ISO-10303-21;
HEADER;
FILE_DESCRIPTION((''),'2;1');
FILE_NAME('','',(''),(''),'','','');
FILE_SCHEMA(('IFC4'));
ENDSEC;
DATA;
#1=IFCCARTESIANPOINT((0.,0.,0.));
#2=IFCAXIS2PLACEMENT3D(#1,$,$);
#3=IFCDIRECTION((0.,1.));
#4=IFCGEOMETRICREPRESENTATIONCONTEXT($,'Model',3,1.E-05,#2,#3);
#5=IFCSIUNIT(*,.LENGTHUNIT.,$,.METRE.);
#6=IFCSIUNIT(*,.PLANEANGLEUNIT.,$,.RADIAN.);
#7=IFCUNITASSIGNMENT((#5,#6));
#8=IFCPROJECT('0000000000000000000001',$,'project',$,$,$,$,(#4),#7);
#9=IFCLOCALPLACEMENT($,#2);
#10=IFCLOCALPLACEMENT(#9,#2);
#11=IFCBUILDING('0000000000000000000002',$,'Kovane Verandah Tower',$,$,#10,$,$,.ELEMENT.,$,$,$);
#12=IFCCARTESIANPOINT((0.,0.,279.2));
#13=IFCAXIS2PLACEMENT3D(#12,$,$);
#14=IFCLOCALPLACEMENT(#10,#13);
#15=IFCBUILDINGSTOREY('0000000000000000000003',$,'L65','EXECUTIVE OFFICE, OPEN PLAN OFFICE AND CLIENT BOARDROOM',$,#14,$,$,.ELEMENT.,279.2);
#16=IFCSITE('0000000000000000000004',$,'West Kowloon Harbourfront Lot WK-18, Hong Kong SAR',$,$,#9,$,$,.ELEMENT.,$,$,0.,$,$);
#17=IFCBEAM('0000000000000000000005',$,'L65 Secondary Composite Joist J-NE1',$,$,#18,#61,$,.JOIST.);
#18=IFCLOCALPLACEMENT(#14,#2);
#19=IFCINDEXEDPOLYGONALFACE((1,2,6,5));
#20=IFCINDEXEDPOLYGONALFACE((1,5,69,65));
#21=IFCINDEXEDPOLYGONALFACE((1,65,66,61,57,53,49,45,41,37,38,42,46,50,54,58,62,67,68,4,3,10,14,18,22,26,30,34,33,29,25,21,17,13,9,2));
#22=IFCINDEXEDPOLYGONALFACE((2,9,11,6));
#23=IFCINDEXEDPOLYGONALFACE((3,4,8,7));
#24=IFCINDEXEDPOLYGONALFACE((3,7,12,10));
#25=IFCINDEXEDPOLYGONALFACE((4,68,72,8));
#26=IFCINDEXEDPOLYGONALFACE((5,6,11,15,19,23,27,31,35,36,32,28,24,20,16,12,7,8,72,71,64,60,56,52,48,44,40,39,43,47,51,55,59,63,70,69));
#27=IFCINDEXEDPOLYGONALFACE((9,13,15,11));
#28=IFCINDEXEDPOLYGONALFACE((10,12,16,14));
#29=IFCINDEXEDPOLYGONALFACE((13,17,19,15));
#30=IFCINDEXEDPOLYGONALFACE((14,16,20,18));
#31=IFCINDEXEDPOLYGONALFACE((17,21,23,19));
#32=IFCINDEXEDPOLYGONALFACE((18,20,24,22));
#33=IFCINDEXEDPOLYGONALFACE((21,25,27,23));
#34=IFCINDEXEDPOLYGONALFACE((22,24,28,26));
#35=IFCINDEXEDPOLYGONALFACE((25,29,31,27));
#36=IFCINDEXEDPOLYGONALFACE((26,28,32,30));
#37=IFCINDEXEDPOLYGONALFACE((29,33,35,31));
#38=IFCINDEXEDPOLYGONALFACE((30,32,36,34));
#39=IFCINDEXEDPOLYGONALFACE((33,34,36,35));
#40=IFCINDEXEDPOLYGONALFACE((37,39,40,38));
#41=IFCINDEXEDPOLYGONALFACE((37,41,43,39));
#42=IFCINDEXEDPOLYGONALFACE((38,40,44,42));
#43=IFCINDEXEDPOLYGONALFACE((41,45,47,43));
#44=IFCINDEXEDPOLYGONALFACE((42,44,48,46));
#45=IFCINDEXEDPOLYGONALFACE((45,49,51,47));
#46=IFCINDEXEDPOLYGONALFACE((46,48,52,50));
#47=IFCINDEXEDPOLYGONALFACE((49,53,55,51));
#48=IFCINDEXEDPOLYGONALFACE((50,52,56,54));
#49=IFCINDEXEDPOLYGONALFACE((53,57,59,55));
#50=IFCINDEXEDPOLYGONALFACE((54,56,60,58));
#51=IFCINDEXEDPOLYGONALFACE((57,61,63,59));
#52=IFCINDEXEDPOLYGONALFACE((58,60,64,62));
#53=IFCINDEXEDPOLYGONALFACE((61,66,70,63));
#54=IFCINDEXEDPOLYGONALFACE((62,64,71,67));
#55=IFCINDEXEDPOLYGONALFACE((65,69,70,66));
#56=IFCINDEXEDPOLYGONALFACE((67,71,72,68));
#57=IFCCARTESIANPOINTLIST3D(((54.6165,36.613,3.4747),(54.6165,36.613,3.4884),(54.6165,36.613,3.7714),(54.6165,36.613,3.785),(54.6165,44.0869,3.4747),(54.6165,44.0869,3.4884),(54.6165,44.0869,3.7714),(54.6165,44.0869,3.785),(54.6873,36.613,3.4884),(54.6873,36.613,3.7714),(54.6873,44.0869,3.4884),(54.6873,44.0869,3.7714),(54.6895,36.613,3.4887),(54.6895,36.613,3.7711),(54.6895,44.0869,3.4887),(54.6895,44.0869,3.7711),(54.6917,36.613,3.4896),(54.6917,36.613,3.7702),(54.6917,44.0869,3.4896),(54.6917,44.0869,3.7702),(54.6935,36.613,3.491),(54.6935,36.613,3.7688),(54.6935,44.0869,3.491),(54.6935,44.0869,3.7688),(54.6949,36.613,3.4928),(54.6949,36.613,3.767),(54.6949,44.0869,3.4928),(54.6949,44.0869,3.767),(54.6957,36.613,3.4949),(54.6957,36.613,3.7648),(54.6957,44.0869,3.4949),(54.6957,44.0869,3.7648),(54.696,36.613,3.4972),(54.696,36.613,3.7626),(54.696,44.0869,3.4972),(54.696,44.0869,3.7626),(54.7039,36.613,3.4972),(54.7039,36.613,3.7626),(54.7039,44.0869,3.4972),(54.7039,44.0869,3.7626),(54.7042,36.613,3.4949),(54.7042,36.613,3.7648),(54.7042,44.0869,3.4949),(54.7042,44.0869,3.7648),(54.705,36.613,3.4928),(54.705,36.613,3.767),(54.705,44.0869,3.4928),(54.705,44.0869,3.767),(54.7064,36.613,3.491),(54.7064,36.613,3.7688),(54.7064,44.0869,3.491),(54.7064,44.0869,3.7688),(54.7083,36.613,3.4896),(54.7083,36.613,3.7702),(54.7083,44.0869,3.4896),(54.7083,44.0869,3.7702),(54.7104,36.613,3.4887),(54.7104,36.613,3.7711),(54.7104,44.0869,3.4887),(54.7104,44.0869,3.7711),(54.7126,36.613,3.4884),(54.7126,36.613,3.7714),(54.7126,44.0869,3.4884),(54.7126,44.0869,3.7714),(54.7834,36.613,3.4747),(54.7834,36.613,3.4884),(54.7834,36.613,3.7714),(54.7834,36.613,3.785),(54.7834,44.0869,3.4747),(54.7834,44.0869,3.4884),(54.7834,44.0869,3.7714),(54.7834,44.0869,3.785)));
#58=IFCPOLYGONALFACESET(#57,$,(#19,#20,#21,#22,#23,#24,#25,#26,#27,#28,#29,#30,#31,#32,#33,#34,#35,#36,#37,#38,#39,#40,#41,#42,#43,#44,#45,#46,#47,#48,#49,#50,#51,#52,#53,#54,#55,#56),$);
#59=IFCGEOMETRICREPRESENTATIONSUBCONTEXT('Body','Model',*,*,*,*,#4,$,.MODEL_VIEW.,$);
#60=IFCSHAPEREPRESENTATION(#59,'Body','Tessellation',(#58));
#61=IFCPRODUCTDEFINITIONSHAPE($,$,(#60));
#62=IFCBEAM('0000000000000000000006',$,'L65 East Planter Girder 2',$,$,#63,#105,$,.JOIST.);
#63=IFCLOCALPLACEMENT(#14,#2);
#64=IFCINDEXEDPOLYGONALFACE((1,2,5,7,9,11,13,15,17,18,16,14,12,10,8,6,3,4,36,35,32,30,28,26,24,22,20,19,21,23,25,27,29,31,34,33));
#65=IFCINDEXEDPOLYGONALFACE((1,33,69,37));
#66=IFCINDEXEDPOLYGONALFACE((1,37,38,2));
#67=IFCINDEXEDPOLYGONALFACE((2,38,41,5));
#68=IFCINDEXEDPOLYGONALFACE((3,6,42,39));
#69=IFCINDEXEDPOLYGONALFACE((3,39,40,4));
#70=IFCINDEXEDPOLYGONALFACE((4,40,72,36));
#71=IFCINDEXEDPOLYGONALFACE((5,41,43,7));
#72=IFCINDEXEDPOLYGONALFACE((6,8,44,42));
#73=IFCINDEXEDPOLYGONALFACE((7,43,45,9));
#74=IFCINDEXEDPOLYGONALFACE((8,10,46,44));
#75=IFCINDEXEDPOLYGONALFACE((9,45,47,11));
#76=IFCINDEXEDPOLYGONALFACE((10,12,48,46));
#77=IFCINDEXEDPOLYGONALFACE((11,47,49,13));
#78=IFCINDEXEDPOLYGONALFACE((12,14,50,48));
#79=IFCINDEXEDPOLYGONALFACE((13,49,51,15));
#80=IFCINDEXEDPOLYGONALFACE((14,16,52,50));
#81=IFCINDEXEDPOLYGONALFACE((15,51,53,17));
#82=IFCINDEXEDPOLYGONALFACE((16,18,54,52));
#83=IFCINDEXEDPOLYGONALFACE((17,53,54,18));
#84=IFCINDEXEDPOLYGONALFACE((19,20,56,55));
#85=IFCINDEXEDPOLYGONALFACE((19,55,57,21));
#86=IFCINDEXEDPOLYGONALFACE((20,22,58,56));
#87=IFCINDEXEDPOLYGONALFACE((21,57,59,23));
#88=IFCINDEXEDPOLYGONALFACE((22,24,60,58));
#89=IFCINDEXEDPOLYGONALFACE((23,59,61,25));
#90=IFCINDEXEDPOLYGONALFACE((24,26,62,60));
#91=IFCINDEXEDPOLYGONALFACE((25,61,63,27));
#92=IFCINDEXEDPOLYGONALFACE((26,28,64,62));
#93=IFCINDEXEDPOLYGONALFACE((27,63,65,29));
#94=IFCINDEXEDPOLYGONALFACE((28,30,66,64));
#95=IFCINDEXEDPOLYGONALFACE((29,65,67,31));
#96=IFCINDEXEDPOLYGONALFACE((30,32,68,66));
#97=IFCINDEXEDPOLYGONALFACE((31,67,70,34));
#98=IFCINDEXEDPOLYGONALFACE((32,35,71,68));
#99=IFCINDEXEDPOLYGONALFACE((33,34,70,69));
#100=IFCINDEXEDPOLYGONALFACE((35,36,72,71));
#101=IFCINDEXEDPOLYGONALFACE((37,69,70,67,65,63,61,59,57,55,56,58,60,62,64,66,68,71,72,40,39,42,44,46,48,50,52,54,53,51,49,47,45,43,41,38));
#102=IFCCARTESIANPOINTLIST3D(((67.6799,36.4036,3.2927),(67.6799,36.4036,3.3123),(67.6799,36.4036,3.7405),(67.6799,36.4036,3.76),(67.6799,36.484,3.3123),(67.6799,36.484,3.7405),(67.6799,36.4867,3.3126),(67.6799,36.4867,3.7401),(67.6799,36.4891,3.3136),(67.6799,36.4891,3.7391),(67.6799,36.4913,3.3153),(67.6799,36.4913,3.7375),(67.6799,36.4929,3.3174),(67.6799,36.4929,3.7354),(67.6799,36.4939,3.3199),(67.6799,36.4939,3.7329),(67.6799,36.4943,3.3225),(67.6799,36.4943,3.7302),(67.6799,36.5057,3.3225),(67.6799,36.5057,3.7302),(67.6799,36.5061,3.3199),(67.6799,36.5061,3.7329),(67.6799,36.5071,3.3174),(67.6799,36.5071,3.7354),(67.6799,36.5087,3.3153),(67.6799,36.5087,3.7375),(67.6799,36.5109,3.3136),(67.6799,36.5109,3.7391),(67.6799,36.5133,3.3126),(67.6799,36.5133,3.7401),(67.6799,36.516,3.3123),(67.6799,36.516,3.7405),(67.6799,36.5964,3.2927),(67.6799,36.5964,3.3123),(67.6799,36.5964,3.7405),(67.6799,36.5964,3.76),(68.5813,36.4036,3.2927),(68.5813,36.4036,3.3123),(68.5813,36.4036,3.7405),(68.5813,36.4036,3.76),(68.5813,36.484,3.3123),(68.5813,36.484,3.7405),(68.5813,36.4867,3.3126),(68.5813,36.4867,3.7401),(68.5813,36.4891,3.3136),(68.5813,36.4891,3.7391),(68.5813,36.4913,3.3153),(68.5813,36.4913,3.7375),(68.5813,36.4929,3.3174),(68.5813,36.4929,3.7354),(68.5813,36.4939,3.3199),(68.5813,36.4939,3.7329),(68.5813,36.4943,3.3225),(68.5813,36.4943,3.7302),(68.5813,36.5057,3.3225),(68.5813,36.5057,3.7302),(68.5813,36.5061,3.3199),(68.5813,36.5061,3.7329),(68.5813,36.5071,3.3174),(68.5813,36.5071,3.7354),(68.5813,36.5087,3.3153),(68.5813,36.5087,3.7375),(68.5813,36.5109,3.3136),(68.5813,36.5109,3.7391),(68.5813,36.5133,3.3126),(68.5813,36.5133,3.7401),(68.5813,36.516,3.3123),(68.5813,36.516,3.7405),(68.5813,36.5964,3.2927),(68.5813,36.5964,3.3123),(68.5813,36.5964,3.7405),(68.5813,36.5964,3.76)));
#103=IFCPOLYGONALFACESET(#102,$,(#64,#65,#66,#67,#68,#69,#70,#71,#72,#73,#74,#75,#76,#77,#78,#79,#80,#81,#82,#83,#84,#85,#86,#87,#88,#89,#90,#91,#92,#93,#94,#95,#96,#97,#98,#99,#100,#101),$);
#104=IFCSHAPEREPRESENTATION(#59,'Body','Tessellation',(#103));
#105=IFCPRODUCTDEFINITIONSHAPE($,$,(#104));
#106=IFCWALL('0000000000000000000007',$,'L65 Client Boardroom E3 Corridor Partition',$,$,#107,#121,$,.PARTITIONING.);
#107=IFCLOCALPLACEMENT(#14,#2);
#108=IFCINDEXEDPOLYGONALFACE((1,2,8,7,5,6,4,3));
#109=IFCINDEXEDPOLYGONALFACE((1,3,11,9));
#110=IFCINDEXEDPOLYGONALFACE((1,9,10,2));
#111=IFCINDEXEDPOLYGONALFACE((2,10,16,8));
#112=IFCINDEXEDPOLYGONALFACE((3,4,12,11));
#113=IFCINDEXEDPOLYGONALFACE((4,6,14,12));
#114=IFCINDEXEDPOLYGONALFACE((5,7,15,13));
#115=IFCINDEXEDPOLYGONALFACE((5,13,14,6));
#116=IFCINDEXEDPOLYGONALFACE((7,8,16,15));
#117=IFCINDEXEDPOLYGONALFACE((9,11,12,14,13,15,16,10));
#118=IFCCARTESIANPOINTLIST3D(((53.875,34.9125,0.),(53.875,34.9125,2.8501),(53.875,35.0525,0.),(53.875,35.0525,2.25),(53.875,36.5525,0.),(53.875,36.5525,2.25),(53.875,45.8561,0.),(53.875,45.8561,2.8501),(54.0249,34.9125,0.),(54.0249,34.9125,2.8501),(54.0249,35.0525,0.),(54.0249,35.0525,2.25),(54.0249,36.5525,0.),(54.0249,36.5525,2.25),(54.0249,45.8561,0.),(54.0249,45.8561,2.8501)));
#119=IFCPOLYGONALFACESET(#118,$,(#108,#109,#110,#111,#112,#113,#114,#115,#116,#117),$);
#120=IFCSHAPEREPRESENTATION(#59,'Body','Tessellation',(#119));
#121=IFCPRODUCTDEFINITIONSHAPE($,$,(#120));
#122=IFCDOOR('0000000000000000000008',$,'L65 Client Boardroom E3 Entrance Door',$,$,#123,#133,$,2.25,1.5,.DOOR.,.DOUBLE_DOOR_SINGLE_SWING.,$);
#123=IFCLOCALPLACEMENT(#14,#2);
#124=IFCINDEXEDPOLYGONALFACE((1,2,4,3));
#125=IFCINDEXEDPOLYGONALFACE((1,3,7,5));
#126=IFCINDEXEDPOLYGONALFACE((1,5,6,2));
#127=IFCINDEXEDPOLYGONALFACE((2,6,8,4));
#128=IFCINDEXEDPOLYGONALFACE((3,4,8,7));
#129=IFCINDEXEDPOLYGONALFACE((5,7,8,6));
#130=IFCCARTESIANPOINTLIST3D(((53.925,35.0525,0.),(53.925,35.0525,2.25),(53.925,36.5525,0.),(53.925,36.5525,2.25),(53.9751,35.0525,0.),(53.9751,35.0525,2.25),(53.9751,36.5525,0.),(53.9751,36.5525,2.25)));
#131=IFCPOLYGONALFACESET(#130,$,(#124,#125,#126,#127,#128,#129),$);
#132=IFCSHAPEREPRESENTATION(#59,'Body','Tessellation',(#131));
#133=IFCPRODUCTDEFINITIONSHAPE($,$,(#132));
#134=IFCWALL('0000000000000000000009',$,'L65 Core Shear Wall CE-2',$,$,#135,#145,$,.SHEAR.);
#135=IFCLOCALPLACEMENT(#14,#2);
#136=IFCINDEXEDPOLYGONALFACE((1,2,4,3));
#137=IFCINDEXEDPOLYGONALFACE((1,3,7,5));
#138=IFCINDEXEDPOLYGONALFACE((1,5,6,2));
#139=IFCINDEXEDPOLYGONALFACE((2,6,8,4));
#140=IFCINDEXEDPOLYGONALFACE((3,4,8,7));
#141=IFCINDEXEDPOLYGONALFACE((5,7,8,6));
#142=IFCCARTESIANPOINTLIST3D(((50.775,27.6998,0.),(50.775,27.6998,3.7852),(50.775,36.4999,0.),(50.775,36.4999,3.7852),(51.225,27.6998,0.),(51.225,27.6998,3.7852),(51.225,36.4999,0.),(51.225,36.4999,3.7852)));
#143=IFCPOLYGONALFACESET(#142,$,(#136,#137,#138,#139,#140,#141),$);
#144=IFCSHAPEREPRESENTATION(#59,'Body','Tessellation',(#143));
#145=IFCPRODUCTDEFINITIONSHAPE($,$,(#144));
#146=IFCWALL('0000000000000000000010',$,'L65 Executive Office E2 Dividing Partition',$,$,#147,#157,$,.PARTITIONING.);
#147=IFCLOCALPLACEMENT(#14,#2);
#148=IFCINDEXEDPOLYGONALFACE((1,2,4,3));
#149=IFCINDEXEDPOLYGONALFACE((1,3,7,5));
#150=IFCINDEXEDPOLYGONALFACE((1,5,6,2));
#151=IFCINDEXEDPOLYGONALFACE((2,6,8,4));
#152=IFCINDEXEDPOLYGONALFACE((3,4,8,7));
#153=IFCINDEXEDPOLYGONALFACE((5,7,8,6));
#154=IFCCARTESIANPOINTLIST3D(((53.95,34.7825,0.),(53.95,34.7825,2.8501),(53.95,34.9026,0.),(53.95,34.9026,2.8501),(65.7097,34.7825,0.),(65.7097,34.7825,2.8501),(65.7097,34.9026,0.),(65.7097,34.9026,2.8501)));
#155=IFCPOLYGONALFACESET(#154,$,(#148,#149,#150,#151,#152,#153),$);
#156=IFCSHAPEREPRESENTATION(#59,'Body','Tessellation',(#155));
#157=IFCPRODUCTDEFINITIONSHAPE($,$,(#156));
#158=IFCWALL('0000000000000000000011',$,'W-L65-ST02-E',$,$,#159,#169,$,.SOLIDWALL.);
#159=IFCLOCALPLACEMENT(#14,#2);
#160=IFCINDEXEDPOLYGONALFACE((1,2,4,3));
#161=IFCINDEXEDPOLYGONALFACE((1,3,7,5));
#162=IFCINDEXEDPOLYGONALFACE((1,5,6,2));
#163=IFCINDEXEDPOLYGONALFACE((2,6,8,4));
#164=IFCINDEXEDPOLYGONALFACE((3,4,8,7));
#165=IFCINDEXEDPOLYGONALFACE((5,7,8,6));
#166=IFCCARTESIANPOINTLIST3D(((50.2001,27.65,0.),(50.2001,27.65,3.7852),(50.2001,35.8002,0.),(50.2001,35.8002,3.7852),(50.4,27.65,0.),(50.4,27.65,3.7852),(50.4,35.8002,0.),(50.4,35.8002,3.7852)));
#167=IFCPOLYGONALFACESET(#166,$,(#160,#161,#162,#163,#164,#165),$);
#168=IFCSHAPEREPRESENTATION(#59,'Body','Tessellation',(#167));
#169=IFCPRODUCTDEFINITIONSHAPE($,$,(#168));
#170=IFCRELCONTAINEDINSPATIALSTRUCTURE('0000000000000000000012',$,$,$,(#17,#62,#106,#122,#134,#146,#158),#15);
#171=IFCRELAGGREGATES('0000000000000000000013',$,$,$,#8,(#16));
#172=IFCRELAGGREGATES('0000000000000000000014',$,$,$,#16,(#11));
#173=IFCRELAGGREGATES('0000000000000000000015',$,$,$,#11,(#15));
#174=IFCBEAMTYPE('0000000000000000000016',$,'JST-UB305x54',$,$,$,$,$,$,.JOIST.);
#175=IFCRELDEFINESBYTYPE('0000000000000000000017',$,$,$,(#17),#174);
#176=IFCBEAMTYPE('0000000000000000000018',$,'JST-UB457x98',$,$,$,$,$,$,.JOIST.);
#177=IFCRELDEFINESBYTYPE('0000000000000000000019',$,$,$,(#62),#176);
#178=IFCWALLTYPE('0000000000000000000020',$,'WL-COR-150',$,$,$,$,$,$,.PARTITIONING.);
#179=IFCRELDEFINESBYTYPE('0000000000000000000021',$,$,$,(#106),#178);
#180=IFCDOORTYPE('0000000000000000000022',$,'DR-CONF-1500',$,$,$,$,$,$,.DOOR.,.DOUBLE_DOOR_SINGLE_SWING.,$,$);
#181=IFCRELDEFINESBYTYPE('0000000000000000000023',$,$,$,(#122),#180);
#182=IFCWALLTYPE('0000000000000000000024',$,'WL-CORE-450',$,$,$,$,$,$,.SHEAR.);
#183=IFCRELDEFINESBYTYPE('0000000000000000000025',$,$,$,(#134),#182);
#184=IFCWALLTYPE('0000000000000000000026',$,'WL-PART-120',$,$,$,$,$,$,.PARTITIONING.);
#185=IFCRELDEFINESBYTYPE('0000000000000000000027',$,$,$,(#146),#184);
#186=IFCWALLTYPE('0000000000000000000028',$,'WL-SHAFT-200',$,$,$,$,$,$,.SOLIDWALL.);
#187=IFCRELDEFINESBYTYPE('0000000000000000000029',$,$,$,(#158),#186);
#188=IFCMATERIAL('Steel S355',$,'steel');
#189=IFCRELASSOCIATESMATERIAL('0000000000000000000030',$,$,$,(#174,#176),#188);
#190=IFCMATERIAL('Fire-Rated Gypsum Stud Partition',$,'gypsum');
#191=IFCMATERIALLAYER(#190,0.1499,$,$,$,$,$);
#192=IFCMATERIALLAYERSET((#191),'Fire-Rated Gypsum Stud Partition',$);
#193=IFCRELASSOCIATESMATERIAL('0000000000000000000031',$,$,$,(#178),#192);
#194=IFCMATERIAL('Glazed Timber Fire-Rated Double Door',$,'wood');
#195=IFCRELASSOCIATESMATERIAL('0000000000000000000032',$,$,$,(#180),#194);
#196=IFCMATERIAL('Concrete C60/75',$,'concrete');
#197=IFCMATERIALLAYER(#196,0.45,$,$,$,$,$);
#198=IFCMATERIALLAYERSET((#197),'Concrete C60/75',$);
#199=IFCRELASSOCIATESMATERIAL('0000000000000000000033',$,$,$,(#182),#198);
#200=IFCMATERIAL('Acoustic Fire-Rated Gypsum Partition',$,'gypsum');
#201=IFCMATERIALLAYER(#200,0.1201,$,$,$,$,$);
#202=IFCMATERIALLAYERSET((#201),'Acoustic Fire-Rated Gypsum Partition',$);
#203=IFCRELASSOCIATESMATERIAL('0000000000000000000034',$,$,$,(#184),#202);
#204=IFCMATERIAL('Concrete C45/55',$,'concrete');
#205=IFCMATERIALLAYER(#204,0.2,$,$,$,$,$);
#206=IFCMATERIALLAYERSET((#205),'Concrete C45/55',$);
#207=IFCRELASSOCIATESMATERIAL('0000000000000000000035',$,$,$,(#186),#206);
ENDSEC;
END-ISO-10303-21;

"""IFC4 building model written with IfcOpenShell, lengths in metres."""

from ifc_helpers import new_model, si_unit, direction, frame, frame_2d, origin, origin_2d, place, context, subcontext, project, spatial, rectangle, i_section, extrude, material, layer, layer_set, material_profile, profile_set, type_object, element, fill, save


model = new_model("IFC4")

# Units and contexts
model_context = context("Model", 3, precision=1e-05, world=origin(), true_north=direction((0.0, 1.0)))
body_context = subcontext(model_context, "Body", "Model", "MODEL_VIEW")
ifc_project = project(units=[si_unit("LENGTHUNIT", "METRE"), si_unit("PLANEANGLEUNIT", "RADIAN")], contexts=[model_context])

# Site, building, storey
site_placement = place(None, origin())
site = spatial("IfcSite", under=ifc_project, at=site_placement, Name="West Kowloon Harbourfront Lot WK-18, Hong Kong SAR", CompositionType="ELEMENT", RefElevation=0.0)
building_placement = place(site_placement, origin())
building = spatial("IfcBuilding", under=site, at=building_placement, Name="Kovane Verandah Tower", CompositionType="ELEMENT")
storey_placement = place(building_placement, frame((0.0, 0.0, 279.2)))
storey = spatial("IfcBuildingStorey", under=building, at=storey_placement, Name="L65", Description="EXECUTIVE OFFICE, OPEN PLAN OFFICE AND CLIENT BOARDROOM", CompositionType="ELEMENT", Elevation=279.2)

# Shared definitions
ifc_material_1 = material(Name="Concrete C60/75", Category="concrete")

# Beams
ifc_material_2 = material(Name="Steel S355", Category="steel")
ifc_material_profile_1 = material_profile(ifc_material_2, i_section(OverallWidth=0.167, OverallDepth=0.3103, WebThickness=0.0078, FlangeThickness=0.0137, FilletRadius=0.0088, at=origin_2d()), Name="UB305x165x54")
ifc_profile_set_1 = profile_set([ifc_material_profile_1], Name="Steel S355")
beam_type_1 = type_object("IfcBeamType", Name="JST-UB305x54", PredefinedType="JOIST", material=ifc_profile_set_1)
beam_1_placement = place(storey_placement, frame((54.7, 36.613, 3.6299), z_axis=(0.0, 1.0, 0.0), x_axis=(-1.0, 0.0, 0.0)))
element("IfcBeam", 1, at=beam_1_placement, inside=storey, type_object=beam_type_1, Name="L65 Secondary Composite Joist J-NE1", PredefinedType="JOIST", context=body_context, shape_type="SweptSolid", body=[
    extrude(i_section(OverallWidth=0.167, OverallDepth=0.3103, WebThickness=0.0078, FlangeThickness=0.0137, FilletRadius=0.0088, at=origin_2d()), origin(), (0.0, 0.0, 1.0), 7.4739),
])
ifc_material_profile_2 = material_profile(ifc_material_2, i_section(OverallWidth=0.1929, OverallDepth=0.4673, WebThickness=0.0115, FlangeThickness=0.0195, FilletRadius=0.0103, at=origin_2d()), Name="UB457x191x98")
ifc_profile_set_2 = profile_set([ifc_material_profile_2], Name="Steel S355")
beam_type_2 = type_object("IfcBeamType", Name="JST-UB457x98", PredefinedType="JOIST", material=ifc_profile_set_2)
beam_2_placement = place(storey_placement, frame((67.6799, 36.5, 3.5264), z_axis=(1.0, 0.0, 0.0), x_axis=(0.0, 1.0, 0.0)))
element("IfcBeam", 2, at=beam_2_placement, inside=storey, type_object=beam_type_2, Name="L65 East Planter Girder 2", PredefinedType="JOIST", context=body_context, shape_type="SweptSolid", body=[
    extrude(i_section(OverallWidth=0.1929, OverallDepth=0.4673, WebThickness=0.0115, FlangeThickness=0.0195, FilletRadius=0.0103, at=origin_2d()), origin(), (0.0, 0.0, 1.0), 0.9014),
])

# Wall, opening, door
ifc_material_3 = material(Name="Fire-Rated Gypsum Stud Partition", Category="gypsum")
ifc_layer_1 = layer(ifc_material_3, 0.1499)
ifc_layer_set_1 = layer_set([ifc_layer_1], Name="Fire-Rated Gypsum Stud Partition")
wall_type_1 = type_object("IfcWallType", Name="WL-COR-150", PredefinedType="PARTITIONING", material=ifc_layer_set_1)
wall_1_placement = place(storey_placement, frame((53.95, 34.9126, 0.0), z_axis=(0.0, 0.0, 1.0), x_axis=(0.0, 1.0, 0.0)))
wall_1 = element("IfcWall", 3, at=wall_1_placement, inside=storey, type_object=wall_type_1, Name="L65 Client Boardroom E3 Corridor Partition", PredefinedType="PARTITIONING", context=body_context, shape_type="SweptSolid", body=[
    extrude(rectangle(XDim=10.9436, YDim=0.1499, at=frame_2d((5.4717, 0.0))), origin(), (0.0, 0.0, 1.0), 2.8501),
])
opening_placement = place(wall_1_placement, frame((0.1399, 0.0, 0.0)))
opening = element("IfcOpeningElement", 4, at=opening_placement, cuts=wall_1, PredefinedType="OPENING", context=body_context, shape_type="SweptSolid", body=[
    extrude(rectangle(XDim=1.5, YDim=2.25, at=frame_2d((0.75, 1.125))), frame((0.0, 0.075, 0.0), z_axis=(0.0, -1.0, 0.0), x_axis=(1.0, 0.0, 0.0)), (0.0, 0.0, 1.0), 0.1499),
])
ifc_material_4 = material(Name="Glazed Timber Fire-Rated Double Door", Category="wood")
door_type = type_object("IfcDoorType", Name="DR-CONF-1500", OperationType="DOUBLE_DOOR_SINGLE_SWING", PredefinedType="DOOR", material=ifc_material_4)
door_placement = place(opening_placement, origin())
door = element("IfcDoor", 5, at=door_placement, inside=storey, type_object=door_type, Name="L65 Client Boardroom E3 Entrance Door", OperationType="DOUBLE_DOOR_SINGLE_SWING", OverallHeight=2.25, OverallWidth=1.5, PredefinedType="DOOR", context=body_context, shape_type="SweptSolid", body=[
    extrude(rectangle(XDim=1.5, YDim=2.25, at=frame_2d((0.75, 1.125))), frame((0.0, 0.0249, 0.0), z_axis=(0.0, -1.0, 0.0), x_axis=(1.0, 0.0, 0.0)), (0.0, 0.0, 1.0), 0.05),
])
fill(opening, door)

# Walls
ifc_layer_2 = layer(ifc_material_1, 0.45)
ifc_layer_set_2 = layer_set([ifc_layer_2], Name="Concrete C60/75")
wall_type_2 = type_object("IfcWallType", Name="WL-CORE-450", PredefinedType="SHEAR", material=ifc_layer_set_2)
wall_2_placement = place(storey_placement, frame((51.0, 27.7, 0.0), z_axis=(0.0, 0.0, 1.0), x_axis=(0.0, 1.0, 0.0)))
element("IfcWall", 6, at=wall_2_placement, inside=storey, type_object=wall_type_2, Name="L65 Core Shear Wall CE-2", PredefinedType="SHEAR", context=body_context, shape_type="SweptSolid", body=[
    extrude(rectangle(XDim=8.8, YDim=0.45, at=frame_2d((4.3999, 0.0))), origin(), (0.0, 0.0, 1.0), 3.7852),
])
ifc_material_5 = material(Name="Acoustic Fire-Rated Gypsum Partition", Category="gypsum")
ifc_layer_3 = layer(ifc_material_5, 0.1201)
ifc_layer_set_3 = layer_set([ifc_layer_3], Name="Acoustic Fire-Rated Gypsum Partition")
wall_type_3 = type_object("IfcWallType", Name="WL-PART-120", PredefinedType="PARTITIONING", material=ifc_layer_set_3)
wall_3_placement = place(storey_placement, frame((53.95, 34.8425, 0.0), z_axis=(0.0, 0.0, 1.0), x_axis=(1.0, 0.0, 0.0)))
element("IfcWall", 7, at=wall_3_placement, inside=storey, type_object=wall_type_3, Name="L65 Executive Office E2 Dividing Partition", PredefinedType="PARTITIONING", context=body_context, shape_type="SweptSolid", body=[
    extrude(rectangle(XDim=11.7598, YDim=0.1201, at=frame_2d((5.8799, 0.0))), origin(), (0.0, 0.0, 1.0), 2.8501),
])
ifc_material_6 = material(Name="Concrete C45/55", Category="concrete")
ifc_layer_4 = layer(ifc_material_6, 0.2)
ifc_layer_set_4 = layer_set([ifc_layer_4], Name="Concrete C45/55")
wall_type_4 = type_object("IfcWallType", Name="WL-SHAFT-200", PredefinedType="SOLIDWALL", material=ifc_layer_set_4)
wall_4_placement = place(storey_placement, frame((50.3, 27.6499, 0.0), z_axis=(0.0, 0.0, 1.0), x_axis=(0.0, 1.0, 0.0)))
element("IfcWall", 8, at=wall_4_placement, inside=storey, type_object=wall_type_4, Name="W-L65-ST02-E", PredefinedType="SOLIDWALL", context=body_context, shape_type="SweptSolid", body=[
    extrude(rectangle(XDim=8.1501, YDim=0.2, at=frame_2d((4.0752, 0.0))), origin(), (0.0, 0.0, 1.0), 3.7852),
])

save(model, "model.ifc")
